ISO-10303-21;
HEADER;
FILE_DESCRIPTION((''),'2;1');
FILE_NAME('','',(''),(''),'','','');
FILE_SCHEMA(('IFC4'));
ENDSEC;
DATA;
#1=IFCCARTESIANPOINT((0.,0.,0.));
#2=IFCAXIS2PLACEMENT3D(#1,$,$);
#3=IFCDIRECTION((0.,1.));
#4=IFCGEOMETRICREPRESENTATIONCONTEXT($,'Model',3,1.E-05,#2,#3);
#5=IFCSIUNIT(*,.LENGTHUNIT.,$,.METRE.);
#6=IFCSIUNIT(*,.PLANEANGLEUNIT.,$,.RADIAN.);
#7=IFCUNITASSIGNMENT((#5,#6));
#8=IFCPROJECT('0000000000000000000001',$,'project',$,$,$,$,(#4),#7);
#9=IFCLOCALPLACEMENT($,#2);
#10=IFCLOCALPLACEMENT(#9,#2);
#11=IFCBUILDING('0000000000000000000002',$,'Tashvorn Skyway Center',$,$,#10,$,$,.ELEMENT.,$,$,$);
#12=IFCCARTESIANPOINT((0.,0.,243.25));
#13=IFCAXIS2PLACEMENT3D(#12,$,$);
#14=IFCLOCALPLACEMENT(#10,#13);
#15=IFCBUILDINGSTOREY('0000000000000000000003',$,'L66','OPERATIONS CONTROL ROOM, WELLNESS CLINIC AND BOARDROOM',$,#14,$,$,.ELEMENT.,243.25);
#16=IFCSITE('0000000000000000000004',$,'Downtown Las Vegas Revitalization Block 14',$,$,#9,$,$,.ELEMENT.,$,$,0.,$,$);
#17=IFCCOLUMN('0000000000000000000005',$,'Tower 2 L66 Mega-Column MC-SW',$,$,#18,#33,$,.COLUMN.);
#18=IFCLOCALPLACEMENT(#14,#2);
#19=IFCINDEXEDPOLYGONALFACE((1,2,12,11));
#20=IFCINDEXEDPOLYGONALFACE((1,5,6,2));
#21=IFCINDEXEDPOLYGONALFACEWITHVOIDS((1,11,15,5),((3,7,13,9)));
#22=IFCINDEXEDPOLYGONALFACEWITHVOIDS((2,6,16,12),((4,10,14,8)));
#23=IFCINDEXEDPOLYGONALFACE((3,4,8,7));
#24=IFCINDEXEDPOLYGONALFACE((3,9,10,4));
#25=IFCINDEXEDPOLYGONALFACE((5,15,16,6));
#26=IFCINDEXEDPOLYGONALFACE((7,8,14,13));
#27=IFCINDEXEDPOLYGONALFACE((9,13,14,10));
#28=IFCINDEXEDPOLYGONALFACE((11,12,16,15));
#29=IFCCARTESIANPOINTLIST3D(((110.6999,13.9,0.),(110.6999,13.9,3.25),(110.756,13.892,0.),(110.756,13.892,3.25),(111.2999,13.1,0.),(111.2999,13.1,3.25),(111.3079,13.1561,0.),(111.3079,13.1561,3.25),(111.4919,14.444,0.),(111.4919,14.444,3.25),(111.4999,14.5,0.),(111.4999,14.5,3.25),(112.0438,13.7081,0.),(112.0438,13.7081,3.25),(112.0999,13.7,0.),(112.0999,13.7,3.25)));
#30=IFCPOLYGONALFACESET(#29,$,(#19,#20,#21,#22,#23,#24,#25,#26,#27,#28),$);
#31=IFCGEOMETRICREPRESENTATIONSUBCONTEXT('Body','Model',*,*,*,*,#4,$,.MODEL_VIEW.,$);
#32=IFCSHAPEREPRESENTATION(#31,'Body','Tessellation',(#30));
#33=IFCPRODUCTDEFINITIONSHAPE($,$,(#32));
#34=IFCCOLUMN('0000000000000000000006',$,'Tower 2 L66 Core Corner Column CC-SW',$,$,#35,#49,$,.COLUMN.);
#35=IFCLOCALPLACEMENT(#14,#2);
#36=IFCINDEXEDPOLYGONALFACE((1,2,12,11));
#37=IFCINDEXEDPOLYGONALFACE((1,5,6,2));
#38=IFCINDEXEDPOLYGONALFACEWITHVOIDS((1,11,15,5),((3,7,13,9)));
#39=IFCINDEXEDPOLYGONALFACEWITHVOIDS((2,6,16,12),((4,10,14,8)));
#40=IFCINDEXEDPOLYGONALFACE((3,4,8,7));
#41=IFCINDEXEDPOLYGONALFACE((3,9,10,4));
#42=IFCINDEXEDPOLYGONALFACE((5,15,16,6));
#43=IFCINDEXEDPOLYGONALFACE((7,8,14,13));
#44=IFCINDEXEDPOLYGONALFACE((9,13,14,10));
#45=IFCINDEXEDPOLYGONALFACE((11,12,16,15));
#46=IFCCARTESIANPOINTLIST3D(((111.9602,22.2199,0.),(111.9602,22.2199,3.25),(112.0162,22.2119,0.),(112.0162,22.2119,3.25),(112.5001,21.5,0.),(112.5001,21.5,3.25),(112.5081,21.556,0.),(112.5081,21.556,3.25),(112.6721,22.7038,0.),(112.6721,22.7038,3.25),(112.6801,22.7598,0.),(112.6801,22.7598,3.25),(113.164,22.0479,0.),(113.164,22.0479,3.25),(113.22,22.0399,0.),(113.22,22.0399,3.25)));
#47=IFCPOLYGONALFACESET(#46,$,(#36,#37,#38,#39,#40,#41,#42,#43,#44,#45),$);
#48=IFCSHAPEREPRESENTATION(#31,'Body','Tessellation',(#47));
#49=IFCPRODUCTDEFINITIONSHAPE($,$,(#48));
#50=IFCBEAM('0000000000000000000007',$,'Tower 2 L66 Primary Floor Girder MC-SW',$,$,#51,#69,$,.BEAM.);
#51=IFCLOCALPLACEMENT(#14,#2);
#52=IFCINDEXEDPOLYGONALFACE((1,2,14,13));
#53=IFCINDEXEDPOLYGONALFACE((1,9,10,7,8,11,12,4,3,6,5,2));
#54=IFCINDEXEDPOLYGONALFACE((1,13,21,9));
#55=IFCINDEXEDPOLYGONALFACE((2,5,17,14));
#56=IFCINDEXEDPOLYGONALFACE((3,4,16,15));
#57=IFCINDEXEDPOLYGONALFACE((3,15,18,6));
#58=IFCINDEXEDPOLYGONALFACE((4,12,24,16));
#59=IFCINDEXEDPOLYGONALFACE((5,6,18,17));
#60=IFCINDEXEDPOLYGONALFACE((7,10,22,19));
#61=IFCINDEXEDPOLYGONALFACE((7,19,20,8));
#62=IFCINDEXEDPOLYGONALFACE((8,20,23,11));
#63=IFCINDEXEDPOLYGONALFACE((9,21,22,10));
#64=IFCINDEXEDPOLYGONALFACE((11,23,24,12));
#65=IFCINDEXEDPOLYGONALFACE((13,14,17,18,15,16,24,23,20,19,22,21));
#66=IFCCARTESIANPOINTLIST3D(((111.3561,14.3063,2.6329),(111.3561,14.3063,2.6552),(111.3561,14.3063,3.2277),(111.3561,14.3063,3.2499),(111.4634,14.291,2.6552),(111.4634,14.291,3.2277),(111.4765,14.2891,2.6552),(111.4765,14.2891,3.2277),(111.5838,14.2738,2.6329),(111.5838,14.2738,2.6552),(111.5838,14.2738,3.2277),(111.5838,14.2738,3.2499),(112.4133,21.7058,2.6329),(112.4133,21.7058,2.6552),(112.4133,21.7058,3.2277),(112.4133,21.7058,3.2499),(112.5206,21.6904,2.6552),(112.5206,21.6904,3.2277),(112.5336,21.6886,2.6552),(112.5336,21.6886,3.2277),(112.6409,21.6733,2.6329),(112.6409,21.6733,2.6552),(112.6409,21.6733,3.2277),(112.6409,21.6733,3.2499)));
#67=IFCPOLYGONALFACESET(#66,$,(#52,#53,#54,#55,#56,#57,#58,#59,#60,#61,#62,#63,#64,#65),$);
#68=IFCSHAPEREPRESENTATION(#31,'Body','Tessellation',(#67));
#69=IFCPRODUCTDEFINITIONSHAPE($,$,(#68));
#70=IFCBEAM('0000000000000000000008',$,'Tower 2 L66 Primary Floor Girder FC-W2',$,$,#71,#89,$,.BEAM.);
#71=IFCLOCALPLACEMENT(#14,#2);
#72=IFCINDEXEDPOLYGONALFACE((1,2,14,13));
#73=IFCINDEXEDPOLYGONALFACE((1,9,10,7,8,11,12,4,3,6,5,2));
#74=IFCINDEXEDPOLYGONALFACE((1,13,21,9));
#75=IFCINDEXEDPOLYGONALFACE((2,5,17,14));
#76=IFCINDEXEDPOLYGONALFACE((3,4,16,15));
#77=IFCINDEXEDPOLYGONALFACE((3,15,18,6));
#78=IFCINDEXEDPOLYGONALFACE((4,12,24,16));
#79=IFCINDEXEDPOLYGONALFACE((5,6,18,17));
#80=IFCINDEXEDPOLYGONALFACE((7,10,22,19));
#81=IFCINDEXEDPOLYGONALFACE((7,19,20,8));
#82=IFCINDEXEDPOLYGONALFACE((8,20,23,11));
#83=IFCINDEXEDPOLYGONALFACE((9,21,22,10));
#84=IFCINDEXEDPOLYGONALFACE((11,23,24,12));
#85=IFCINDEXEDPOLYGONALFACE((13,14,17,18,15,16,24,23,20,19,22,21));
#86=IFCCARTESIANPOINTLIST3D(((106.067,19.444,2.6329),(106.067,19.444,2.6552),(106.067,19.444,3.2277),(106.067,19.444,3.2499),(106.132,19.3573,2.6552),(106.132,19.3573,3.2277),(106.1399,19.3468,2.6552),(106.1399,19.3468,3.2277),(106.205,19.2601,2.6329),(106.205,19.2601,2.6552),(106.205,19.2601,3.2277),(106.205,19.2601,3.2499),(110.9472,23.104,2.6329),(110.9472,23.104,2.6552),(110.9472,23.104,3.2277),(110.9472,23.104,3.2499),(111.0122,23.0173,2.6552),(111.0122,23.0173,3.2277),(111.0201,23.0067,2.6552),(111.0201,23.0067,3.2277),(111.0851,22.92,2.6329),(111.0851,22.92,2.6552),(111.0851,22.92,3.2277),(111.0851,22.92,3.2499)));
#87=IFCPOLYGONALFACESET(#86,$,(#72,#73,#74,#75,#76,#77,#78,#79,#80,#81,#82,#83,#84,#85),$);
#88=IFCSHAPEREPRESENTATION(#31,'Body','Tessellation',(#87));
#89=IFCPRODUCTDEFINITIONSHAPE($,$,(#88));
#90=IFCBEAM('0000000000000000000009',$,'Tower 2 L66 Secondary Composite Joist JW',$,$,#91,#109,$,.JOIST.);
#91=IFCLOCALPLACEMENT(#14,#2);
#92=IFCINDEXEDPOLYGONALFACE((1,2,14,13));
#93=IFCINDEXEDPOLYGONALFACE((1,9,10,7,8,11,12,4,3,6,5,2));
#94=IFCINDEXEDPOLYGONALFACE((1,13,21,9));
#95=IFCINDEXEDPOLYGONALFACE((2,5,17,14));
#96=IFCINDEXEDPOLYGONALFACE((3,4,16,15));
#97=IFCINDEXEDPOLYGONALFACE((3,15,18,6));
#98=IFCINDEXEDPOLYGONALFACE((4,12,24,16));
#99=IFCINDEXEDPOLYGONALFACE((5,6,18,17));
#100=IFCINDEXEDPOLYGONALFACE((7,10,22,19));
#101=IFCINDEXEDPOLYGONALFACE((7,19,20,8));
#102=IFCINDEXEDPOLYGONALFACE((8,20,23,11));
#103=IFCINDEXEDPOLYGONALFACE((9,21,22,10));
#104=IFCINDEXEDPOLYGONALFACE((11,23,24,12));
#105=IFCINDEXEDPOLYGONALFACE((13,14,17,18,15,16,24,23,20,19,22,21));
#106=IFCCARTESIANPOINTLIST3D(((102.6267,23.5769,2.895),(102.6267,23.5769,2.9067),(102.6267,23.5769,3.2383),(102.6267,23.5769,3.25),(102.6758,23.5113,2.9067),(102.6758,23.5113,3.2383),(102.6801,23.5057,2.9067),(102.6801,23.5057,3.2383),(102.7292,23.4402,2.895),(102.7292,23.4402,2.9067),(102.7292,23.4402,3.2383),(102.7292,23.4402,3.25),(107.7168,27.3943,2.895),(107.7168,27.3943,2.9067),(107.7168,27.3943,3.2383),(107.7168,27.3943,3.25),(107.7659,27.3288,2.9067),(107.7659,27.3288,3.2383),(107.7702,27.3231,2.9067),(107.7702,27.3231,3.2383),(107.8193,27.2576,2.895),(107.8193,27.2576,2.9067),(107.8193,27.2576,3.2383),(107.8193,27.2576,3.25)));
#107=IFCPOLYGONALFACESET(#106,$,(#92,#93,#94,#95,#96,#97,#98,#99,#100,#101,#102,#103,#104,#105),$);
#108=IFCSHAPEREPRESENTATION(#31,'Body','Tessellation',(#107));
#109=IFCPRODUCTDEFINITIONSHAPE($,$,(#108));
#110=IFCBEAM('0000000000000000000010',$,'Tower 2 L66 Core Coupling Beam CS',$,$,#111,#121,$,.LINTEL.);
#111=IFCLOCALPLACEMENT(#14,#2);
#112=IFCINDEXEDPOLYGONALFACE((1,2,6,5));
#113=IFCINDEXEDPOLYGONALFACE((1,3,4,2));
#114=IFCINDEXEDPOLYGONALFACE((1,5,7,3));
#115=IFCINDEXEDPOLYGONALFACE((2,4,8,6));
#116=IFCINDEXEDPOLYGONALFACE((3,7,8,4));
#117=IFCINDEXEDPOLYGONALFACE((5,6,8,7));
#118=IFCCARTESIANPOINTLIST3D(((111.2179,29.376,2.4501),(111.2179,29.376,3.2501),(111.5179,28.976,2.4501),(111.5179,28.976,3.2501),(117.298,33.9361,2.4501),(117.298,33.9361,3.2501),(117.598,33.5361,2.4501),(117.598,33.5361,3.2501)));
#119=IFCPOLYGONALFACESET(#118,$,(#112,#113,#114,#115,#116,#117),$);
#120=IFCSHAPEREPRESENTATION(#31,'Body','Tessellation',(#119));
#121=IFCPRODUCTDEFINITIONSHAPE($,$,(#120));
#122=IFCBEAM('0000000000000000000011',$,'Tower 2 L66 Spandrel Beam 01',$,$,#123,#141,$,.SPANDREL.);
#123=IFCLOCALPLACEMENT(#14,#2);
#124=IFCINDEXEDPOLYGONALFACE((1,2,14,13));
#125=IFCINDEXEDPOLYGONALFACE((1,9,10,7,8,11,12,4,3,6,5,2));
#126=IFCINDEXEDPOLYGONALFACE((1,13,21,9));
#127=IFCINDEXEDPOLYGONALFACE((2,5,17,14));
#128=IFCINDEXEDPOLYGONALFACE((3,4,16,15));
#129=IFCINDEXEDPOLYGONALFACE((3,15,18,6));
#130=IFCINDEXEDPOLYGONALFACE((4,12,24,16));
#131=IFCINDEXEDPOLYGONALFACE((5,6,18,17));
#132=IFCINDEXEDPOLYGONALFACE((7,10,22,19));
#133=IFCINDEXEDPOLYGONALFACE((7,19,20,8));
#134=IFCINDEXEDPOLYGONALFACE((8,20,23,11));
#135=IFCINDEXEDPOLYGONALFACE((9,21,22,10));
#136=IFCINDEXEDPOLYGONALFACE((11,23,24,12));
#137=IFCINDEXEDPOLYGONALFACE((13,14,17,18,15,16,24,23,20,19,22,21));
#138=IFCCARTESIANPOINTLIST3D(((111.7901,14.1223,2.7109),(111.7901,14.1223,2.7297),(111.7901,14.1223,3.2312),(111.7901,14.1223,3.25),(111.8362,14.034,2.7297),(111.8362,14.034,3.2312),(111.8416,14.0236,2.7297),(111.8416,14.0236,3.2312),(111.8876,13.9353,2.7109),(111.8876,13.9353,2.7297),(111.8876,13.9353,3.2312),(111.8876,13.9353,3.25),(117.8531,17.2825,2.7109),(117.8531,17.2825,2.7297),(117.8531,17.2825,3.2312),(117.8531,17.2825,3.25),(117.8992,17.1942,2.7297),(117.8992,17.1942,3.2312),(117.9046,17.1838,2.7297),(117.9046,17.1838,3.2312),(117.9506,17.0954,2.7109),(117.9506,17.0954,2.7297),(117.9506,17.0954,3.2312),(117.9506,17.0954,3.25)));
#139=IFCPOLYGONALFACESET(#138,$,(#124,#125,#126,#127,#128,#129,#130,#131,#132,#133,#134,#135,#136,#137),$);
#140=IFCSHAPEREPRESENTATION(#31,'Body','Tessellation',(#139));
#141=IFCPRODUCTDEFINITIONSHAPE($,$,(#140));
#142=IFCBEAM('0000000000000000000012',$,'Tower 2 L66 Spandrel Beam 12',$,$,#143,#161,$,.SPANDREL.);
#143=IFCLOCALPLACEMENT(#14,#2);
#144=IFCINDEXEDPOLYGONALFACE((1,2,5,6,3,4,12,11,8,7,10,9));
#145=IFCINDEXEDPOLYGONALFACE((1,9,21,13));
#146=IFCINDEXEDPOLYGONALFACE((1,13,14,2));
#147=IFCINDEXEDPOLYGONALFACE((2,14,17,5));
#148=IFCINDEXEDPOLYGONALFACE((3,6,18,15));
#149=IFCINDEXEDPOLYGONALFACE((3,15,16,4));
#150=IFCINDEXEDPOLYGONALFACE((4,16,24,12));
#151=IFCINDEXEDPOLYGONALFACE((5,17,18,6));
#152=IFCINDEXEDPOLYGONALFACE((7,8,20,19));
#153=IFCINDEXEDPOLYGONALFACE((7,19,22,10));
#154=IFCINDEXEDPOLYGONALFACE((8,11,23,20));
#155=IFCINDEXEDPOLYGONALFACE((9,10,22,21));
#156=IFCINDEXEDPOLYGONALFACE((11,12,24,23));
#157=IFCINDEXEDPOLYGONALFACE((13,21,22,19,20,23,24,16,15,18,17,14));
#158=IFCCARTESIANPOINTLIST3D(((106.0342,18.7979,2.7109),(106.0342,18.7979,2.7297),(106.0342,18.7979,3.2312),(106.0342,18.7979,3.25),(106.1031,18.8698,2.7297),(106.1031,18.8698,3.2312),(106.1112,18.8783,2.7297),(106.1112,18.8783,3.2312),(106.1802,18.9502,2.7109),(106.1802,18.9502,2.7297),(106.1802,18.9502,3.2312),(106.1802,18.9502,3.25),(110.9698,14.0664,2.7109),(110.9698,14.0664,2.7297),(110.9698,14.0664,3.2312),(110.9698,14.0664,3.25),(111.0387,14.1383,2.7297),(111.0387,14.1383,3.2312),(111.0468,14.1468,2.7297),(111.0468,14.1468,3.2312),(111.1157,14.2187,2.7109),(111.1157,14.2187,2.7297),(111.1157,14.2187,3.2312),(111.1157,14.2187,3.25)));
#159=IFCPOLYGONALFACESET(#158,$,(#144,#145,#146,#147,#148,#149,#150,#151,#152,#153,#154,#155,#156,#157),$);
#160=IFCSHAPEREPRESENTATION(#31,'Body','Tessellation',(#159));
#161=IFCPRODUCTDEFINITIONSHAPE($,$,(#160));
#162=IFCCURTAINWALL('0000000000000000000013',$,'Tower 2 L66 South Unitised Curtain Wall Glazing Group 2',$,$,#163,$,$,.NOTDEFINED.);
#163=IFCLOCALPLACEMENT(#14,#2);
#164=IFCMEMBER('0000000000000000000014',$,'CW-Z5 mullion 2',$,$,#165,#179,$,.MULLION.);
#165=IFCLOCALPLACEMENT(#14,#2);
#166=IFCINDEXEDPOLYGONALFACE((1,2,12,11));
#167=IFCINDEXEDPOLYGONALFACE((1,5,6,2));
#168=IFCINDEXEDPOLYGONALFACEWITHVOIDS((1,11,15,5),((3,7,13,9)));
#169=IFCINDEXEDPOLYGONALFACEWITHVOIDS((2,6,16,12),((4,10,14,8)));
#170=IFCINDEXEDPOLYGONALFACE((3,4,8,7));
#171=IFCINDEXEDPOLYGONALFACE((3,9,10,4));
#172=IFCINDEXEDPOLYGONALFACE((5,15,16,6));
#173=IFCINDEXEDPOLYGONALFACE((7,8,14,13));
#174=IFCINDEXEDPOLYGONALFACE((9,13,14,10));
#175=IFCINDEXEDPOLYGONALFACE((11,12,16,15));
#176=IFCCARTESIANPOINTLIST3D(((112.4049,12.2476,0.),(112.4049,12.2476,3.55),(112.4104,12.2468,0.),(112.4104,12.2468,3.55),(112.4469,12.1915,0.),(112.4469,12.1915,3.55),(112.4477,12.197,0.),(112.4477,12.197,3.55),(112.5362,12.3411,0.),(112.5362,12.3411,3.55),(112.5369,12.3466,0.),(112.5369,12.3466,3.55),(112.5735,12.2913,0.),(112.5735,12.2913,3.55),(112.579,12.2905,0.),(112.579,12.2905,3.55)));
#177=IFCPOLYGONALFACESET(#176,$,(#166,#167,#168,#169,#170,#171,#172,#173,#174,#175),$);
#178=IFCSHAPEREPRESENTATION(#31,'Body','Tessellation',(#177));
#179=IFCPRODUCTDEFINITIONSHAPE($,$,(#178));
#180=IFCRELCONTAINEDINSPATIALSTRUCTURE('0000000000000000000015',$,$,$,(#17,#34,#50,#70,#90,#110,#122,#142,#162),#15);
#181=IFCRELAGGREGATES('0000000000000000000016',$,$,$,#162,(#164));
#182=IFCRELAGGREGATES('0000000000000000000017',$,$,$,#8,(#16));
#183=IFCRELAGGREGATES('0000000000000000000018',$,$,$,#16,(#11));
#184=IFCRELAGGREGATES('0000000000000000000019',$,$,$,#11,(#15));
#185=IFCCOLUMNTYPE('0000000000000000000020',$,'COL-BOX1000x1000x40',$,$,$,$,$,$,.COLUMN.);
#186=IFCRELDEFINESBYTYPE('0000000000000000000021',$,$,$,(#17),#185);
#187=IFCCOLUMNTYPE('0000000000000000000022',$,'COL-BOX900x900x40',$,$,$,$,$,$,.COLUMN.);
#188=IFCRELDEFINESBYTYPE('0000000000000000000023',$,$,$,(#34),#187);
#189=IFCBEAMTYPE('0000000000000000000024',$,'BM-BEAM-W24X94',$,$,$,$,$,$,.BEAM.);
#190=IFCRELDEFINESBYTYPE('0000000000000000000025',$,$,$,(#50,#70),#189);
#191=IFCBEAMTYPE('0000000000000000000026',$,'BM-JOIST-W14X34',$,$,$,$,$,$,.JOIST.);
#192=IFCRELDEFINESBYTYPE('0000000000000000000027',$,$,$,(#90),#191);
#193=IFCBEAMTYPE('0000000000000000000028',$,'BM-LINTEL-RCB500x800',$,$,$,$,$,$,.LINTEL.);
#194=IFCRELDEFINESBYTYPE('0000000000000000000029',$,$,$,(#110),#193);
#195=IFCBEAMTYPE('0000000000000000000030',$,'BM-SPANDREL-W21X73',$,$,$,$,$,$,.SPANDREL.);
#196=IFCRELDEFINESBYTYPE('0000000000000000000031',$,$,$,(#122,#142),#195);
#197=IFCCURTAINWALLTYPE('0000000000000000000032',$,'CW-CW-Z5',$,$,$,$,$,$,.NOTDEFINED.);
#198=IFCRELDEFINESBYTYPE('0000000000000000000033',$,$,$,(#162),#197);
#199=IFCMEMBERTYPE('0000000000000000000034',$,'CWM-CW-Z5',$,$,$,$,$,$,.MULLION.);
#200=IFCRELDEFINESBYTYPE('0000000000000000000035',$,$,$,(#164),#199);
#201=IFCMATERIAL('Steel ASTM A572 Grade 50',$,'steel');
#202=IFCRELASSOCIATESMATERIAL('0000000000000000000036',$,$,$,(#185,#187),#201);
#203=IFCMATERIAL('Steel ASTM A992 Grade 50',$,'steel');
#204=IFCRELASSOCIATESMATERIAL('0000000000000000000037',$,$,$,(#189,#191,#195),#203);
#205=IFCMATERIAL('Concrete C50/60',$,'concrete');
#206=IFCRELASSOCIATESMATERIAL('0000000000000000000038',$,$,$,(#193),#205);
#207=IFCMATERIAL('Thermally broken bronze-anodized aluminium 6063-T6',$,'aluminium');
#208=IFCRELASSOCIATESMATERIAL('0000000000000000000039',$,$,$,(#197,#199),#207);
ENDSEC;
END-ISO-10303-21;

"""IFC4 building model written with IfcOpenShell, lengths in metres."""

from ifc_helpers import new_model, si_unit, direction, frame, origin, origin_2d, place, context, subcontext, project, spatial, rectangle, hollow_rectangle, i_section, extrude, material, material_profile, profile_set, type_object, element, aggregate, save


model = new_model("IFC4")

# Units and contexts
model_context = context("Model", 3, precision=1e-05, world=origin(), true_north=direction((0.0, 1.0)))
body_context = subcontext(model_context, "Body", "Model", "MODEL_VIEW")
ifc_project = project(units=[si_unit("LENGTHUNIT", "METRE"), si_unit("PLANEANGLEUNIT", "RADIAN")], contexts=[model_context])

# Site, building, storey
site_placement = place(None, origin())
site = spatial("IfcSite", under=ifc_project, at=site_placement, Name="Downtown Las Vegas Revitalization Block 14", CompositionType="ELEMENT", RefElevation=0.0)
building_placement = place(site_placement, origin())
building = spatial("IfcBuilding", under=site, at=building_placement, Name="Tashvorn Skyway Center", CompositionType="ELEMENT")
storey_placement = place(building_placement, frame((0.0, 0.0, 243.25)))
storey = spatial("IfcBuildingStorey", under=building, at=storey_placement, Name="L66", Description="OPERATIONS CONTROL ROOM, WELLNESS CLINIC AND BOARDROOM", CompositionType="ELEMENT", Elevation=243.25)

# Columns
ifc_material_1 = material(Name="Steel ASTM A572 Grade 50", Category="steel")
ifc_material_profile_1 = material_profile(ifc_material_1, hollow_rectangle(XDim=1.0, YDim=1.0, WallThickness=0.04, at=origin_2d()), Name="BOX1000x1000x40")
ifc_profile_set_1 = profile_set([ifc_material_profile_1], Name="Steel ASTM A572 Grade 50")
column_type_1 = type_object("IfcColumnType", Name="COL-BOX1000x1000x40", PredefinedType="COLUMN", material=ifc_profile_set_1)
column_1_placement = place(storey_placement, frame((111.3999, 13.8, 0.0), z_axis=(0.0, 0.0, 1.0), x_axis=(0.8, 0.6, 0.0)))
element("IfcColumn", 1, at=column_1_placement, inside=storey, type_object=column_type_1, Name="Tower 2 L66 Mega-Column MC-SW", PredefinedType="COLUMN", context=body_context, shape_type="SweptSolid", body=[
    extrude(hollow_rectangle(XDim=1.0, YDim=1.0, WallThickness=0.04, at=origin_2d()), origin(), (0.0, 0.0, 1.0), 3.25),
])
ifc_material_profile_2 = material_profile(ifc_material_1, hollow_rectangle(XDim=0.8999, YDim=0.8999, WallThickness=0.04, at=origin_2d()), Name="BOX900x900x40")
ifc_profile_set_2 = profile_set([ifc_material_profile_2], Name="Steel ASTM A572 Grade 50")
column_type_2 = type_object("IfcColumnType", Name="COL-BOX900x900x40", PredefinedType="COLUMN", material=ifc_profile_set_2)
column_2_placement = place(storey_placement, frame((112.5901, 22.1299, 0.0), z_axis=(0.0, 0.0, 1.0), x_axis=(0.8, 0.6, 0.0)))
element("IfcColumn", 2, at=column_2_placement, inside=storey, type_object=column_type_2, Name="Tower 2 L66 Core Corner Column CC-SW", PredefinedType="COLUMN", context=body_context, shape_type="SweptSolid", body=[
    extrude(hollow_rectangle(XDim=0.8999, YDim=0.8999, WallThickness=0.04, at=origin_2d()), origin(), (0.0, 0.0, 1.0), 3.25),
])

# Beams
ifc_material_2 = material(Name="Steel ASTM A992 Grade 50", Category="steel")
ifc_material_profile_3 = material_profile(ifc_material_2, i_section(OverallWidth=0.23, OverallDepth=0.6169, WebThickness=0.0132, FlangeThickness=0.0222, at=origin_2d()), Name="W24X94")
ifc_profile_set_3 = profile_set([ifc_material_profile_3], Name="Steel ASTM A992 Grade 50")
beam_type_1 = type_object("IfcBeamType", Name="BM-BEAM-W24X94", PredefinedType="BEAM", material=ifc_profile_set_3)
beam_1_placement = place(storey_placement, frame((111.47, 14.29, 2.9414), z_axis=(0.141431, 0.989948, 0.0), x_axis=(-0.989948, 0.141431, 0.0)))
element("IfcBeam", 3, at=beam_1_placement, inside=storey, type_object=beam_type_1, Name="Tower 2 L66 Primary Floor Girder MC-SW", PredefinedType="BEAM", context=body_context, shape_type="SweptSolid", body=[
    extrude(i_section(OverallWidth=0.23, OverallDepth=0.6169, WebThickness=0.0132, FlangeThickness=0.0222, at=origin_2d()), origin(), (0.0, 0.0, 1.0), 7.4746),
])
beam_2_placement = place(storey_placement, frame((106.136, 19.3521, 2.9414), z_axis=(0.800014, 0.599981, 0.0), x_axis=(-0.599981, 0.800014, 0.0)))
element("IfcBeam", 4, at=beam_2_placement, inside=storey, type_object=beam_type_1, Name="Tower 2 L66 Primary Floor Girder FC-W2", PredefinedType="BEAM", context=body_context, shape_type="SweptSolid", body=[
    extrude(i_section(OverallWidth=0.23, OverallDepth=0.6169, WebThickness=0.0132, FlangeThickness=0.0222, at=origin_2d()), origin(), (0.0, 0.0, 1.0), 6.1001),
])
ifc_material_profile_4 = material_profile(ifc_material_2, i_section(OverallWidth=0.1709, OverallDepth=0.355, WebThickness=0.0071, FlangeThickness=0.0117, at=origin_2d()), Name="W14X34")
ifc_profile_set_4 = profile_set([ifc_material_profile_4], Name="Steel ASTM A992 Grade 50")
beam_type_2 = type_object("IfcBeamType", Name="BM-JOIST-W14X34", PredefinedType="JOIST", material=ifc_profile_set_4)
beam_3_placement = place(storey_placement, frame((107.7681, 27.3259, 3.0725), z_axis=(-0.800014, -0.599982, 0.0), x_axis=(0.599982, -0.800014, 0.0)))
element("IfcBeam", 5, at=beam_3_placement, inside=storey, type_object=beam_type_2, Name="Tower 2 L66 Secondary Composite Joist JW", PredefinedType="JOIST", context=body_context, shape_type="SweptSolid", body=[
    extrude(i_section(OverallWidth=0.1709, OverallDepth=0.355, WebThickness=0.0071, FlangeThickness=0.0117, at=origin_2d()), origin(), (0.0, 0.0, 1.0), 6.3625),
])
ifc_material_3 = material(Name="Concrete C50/60", Category="concrete")
ifc_material_profile_5 = material_profile(ifc_material_3, rectangle(XDim=0.5, YDim=0.8, at=origin_2d()), Name="RCB500x800")
ifc_profile_set_5 = profile_set([ifc_material_profile_5], Name="Concrete C50/60")
beam_type_3 = type_object("IfcBeamType", Name="BM-LINTEL-RCB500x800", PredefinedType="LINTEL", material=ifc_profile_set_5)
beam_4_placement = place(storey_placement, frame((111.3679, 29.176, 2.8501), z_axis=(0.8, 0.6, 0.0), x_axis=(-0.6, 0.8, 0.0)))
element("IfcBeam", 6, at=beam_4_placement, inside=storey, type_object=beam_type_3, Name="Tower 2 L66 Core Coupling Beam CS", PredefinedType="LINTEL", context=body_context, shape_type="SweptSolid", body=[
    extrude(rectangle(XDim=0.5, YDim=0.8, at=origin_2d()), origin(), (0.0, 0.0, 1.0), 7.6001),
])
ifc_material_profile_6 = material_profile(ifc_material_2, i_section(OverallWidth=0.2109, OverallDepth=0.5391, WebThickness=0.0117, FlangeThickness=0.0188, at=origin_2d()), Name="W21X73")
ifc_profile_set_6 = profile_set([ifc_material_profile_6], Name="Steel ASTM A992 Grade 50")
beam_type_4 = type_object("IfcBeamType", Name="BM-SPANDREL-W21X73", PredefinedType="SPANDREL", material=ifc_profile_set_6)
for number, where, z_axis, x_axis, name in (
    (7, (111.8389, 14.0288, 2.9805), (0.886773, 0.462205, 0.0), (-0.462205, 0.886773, 0.0), "Tower 2 L66 Spandrel Beam 01"),
    (8, (106.1072, 18.874, 2.9805), (0.721875, -0.692023, 0.0), (0.692023, 0.721875, 0.0), "Tower 2 L66 Spandrel Beam 12"),
):
    element("IfcBeam", number, at=place(storey_placement, frame(where, z_axis=z_axis, x_axis=x_axis)), inside=storey, type_object=beam_type_4, Name=name, PredefinedType="SPANDREL", context=body_context, shape_type="SweptSolid", body=[
        extrude(i_section(OverallWidth=0.2109, OverallDepth=0.5391, WebThickness=0.0117, FlangeThickness=0.0188, at=origin_2d()), origin(), (0.0, 0.0, 1.0), 6.8372),
    ])

# Curtain wall, member
ifc_material_4 = material(Name="Thermally broken bronze-anodized aluminium 6063-T6", Category="aluminium")
curtain_wall_type = type_object("IfcCurtainWallType", Name="CW-CW-Z5", PredefinedType="NOTDEFINED", material=ifc_material_4)
curtain_wall_1_placement = place(storey_placement, origin())
curtain_wall_1 = element("IfcCurtainWall", 9, at=curtain_wall_1_placement, inside=storey, type_object=curtain_wall_type, Name="Tower 2 L66 South Unitised Curtain Wall Glazing Group 2", PredefinedType="NOTDEFINED")
ifc_material_profile_7 = material_profile(ifc_material_4, hollow_rectangle(XDim=0.0701, YDim=0.165, WallThickness=0.0039, at=origin_2d()), Name="ALU-MULL-70x165")
ifc_profile_set_7 = profile_set([ifc_material_profile_7], Name="Thermally broken bronze-anodized aluminium 6063-T6")
member_type_1 = type_object("IfcMemberType", Name="CWM-CW-Z5", PredefinedType="MULLION", material=ifc_profile_set_7)
member_1_placement = place(storey_placement, frame((112.4919, 12.269, 0.0), z_axis=(0.0, 0.0, 1.0), x_axis=(0.6, -0.8, 0.0)))
member_1 = element("IfcMember", 10, at=member_1_placement, type_object=member_type_1, Name="CW-Z5 mullion 2", PredefinedType="MULLION", context=body_context, shape_type="SweptSolid", body=[
    extrude(hollow_rectangle(XDim=0.0701, YDim=0.165, WallThickness=0.0039, at=origin_2d()), origin(), (0.0, 0.0, 1.0), 3.55),
])
aggregate(curtain_wall_1, [member_1])

save(model, "model.ifc")
